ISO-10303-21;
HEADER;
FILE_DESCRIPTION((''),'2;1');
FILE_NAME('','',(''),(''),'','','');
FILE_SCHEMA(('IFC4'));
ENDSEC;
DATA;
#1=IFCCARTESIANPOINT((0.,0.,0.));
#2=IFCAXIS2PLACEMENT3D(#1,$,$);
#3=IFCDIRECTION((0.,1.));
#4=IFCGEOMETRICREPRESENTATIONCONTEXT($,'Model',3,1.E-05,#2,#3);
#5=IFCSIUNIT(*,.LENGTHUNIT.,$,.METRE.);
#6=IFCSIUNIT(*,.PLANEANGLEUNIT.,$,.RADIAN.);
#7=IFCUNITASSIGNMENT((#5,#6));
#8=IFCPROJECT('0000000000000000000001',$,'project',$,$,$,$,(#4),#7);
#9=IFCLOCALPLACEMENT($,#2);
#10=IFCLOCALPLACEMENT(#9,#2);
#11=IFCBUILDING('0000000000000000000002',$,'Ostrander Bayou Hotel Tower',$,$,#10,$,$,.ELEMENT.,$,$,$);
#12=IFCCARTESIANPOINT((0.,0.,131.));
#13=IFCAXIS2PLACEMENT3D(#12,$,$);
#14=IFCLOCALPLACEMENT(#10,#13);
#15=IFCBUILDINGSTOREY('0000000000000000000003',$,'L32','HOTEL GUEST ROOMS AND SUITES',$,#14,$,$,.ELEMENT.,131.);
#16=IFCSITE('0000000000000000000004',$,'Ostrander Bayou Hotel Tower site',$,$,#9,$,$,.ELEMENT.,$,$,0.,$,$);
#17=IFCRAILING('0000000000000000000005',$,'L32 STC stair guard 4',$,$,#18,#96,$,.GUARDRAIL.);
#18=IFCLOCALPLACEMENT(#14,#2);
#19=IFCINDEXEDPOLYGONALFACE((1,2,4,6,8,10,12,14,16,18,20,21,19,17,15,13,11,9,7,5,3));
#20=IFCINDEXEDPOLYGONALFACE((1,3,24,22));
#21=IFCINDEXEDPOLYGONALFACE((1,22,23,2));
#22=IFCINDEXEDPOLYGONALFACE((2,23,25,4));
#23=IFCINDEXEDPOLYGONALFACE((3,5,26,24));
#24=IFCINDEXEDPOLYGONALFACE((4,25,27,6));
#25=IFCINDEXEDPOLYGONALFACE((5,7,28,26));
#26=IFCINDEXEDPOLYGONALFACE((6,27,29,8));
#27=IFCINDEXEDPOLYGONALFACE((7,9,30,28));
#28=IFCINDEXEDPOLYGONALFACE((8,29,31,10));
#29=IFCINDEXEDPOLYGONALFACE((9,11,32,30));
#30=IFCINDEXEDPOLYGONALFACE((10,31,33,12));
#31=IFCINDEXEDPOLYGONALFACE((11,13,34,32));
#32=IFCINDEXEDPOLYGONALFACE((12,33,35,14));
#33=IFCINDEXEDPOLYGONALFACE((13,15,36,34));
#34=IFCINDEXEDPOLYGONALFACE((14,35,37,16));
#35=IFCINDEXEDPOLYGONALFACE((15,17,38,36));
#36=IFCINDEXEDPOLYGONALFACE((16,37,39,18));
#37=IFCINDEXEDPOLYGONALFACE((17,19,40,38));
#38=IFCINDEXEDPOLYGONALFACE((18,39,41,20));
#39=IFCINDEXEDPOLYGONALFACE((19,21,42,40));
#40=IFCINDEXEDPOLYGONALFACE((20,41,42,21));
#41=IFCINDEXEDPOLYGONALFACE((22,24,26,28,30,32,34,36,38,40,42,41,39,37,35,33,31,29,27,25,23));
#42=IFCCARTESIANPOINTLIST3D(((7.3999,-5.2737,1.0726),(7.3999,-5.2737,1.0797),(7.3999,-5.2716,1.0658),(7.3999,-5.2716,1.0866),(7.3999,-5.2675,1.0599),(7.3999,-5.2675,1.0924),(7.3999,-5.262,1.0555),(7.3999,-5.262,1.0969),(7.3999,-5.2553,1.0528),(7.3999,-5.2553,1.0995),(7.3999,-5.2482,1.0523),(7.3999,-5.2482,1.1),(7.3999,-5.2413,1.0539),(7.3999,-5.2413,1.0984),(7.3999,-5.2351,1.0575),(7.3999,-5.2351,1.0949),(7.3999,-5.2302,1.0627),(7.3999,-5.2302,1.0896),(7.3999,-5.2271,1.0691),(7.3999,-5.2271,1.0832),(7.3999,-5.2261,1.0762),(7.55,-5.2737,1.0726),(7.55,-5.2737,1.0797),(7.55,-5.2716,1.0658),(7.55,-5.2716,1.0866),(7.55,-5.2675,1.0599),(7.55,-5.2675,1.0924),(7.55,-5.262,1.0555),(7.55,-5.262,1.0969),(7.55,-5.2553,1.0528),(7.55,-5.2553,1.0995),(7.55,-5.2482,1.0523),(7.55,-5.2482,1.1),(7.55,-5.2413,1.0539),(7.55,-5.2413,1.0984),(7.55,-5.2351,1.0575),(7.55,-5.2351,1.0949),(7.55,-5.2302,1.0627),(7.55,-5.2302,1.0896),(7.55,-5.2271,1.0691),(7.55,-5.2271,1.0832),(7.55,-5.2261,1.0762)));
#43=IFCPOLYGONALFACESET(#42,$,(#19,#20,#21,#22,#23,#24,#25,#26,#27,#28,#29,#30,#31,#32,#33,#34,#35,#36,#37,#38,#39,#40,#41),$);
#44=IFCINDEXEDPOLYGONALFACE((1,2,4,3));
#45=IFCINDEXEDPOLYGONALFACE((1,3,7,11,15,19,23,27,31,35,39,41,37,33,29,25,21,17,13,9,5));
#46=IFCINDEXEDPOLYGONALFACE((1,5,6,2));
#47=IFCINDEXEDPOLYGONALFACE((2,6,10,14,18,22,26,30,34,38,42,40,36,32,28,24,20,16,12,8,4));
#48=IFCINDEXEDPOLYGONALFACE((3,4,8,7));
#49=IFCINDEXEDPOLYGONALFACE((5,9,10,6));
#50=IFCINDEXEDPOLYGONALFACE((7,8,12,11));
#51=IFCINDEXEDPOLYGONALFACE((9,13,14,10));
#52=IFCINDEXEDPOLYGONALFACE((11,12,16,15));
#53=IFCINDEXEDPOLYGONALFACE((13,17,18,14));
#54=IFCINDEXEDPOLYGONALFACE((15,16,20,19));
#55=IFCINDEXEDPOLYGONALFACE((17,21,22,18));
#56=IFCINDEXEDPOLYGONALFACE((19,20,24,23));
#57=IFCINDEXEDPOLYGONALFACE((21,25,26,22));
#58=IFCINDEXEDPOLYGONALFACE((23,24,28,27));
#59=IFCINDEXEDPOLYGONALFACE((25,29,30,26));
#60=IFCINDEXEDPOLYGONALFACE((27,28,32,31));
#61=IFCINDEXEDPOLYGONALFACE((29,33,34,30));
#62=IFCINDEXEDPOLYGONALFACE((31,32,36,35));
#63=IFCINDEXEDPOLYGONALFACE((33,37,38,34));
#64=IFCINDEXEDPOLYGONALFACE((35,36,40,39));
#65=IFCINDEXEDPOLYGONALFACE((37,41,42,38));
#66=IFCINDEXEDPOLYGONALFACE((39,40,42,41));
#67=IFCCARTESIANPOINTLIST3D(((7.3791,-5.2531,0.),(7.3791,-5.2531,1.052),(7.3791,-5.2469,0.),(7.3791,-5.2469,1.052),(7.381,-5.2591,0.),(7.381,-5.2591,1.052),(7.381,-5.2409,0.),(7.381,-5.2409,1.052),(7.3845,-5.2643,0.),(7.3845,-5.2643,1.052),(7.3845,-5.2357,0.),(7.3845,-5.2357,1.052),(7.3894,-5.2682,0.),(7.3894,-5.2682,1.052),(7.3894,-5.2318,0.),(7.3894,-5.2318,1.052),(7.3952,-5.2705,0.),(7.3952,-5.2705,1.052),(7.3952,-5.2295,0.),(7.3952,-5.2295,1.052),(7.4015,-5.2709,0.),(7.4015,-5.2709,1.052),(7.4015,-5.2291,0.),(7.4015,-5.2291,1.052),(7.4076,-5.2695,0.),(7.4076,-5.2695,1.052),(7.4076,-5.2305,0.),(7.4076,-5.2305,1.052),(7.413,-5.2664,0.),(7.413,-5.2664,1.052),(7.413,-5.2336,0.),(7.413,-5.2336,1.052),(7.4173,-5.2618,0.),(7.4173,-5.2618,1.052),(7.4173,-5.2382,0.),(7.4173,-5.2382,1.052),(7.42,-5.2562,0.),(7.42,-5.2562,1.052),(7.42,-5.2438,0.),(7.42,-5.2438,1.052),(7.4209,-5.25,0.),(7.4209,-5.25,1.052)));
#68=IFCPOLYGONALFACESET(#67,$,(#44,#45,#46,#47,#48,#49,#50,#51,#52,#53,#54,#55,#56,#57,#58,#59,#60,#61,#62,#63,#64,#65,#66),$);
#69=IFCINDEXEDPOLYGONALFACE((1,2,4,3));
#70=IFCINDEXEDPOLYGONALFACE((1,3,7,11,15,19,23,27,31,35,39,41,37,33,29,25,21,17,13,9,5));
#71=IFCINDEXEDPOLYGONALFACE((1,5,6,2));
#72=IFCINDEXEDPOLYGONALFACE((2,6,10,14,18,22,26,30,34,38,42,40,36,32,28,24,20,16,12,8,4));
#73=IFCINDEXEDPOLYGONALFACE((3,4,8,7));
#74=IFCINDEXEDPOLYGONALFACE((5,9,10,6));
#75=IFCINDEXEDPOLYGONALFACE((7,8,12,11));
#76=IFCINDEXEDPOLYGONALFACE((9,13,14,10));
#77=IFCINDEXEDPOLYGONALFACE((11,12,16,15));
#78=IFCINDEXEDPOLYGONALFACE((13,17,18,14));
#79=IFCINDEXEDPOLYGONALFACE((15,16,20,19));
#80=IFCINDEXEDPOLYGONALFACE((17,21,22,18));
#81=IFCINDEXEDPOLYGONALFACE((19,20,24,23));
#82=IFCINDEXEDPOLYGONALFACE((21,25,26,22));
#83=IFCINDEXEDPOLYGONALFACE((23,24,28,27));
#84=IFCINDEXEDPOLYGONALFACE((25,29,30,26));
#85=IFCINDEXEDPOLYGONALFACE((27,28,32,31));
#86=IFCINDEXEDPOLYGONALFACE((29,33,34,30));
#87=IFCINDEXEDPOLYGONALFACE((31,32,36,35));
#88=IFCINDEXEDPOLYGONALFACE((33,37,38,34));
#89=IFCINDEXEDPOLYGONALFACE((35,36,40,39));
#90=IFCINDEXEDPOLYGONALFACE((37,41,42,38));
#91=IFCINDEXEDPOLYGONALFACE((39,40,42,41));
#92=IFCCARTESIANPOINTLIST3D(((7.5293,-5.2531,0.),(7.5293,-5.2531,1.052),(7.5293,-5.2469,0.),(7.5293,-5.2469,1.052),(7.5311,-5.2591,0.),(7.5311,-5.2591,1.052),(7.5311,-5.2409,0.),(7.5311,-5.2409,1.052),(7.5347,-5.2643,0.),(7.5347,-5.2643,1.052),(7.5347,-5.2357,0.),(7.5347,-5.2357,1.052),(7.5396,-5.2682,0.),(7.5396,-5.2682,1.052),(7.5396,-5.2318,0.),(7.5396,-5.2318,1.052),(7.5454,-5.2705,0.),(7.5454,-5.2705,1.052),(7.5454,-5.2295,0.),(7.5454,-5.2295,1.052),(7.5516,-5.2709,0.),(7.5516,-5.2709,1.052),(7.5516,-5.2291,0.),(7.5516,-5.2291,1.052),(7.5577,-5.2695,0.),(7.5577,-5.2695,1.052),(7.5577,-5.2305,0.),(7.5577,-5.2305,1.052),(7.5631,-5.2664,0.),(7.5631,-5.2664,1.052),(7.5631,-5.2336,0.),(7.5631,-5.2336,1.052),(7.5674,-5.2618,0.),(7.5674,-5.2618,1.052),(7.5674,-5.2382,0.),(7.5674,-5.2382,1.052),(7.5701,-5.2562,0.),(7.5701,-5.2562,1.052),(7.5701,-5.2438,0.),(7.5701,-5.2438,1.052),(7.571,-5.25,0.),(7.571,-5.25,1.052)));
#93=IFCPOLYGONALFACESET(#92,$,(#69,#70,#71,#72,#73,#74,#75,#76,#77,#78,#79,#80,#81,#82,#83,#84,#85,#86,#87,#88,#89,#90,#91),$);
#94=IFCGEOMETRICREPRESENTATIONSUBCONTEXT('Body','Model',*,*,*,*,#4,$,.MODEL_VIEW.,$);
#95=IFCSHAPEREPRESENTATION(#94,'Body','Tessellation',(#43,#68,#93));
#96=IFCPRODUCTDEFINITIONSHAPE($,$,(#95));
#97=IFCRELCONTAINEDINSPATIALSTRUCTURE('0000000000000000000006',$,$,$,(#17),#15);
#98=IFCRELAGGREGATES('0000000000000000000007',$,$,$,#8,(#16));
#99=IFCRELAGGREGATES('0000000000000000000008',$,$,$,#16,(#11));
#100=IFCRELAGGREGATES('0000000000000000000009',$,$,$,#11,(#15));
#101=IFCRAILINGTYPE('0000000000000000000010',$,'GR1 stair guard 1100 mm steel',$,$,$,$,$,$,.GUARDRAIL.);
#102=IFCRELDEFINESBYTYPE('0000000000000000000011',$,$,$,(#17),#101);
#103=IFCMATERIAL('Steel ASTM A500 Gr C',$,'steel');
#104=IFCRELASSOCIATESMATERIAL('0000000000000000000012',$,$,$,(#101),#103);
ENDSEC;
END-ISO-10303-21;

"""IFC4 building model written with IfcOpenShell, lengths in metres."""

from ifc_helpers import new_model, si_unit, direction, frame, origin, origin_2d, place, context, subcontext, project, spatial, circle, extrude, material, type_object, element, save


model = new_model("IFC4")

# Units and contexts
model_context = context("Model", 3, precision=1e-05, world=origin(), true_north=direction((0.0, 1.0)))
body_context = subcontext(model_context, "Body", "Model", "MODEL_VIEW")
ifc_project = project(units=[si_unit("LENGTHUNIT", "METRE"), si_unit("PLANEANGLEUNIT", "RADIAN")], contexts=[model_context])

# Site, building, storey
site_placement = place(None, origin())
site = spatial("IfcSite", under=ifc_project, at=site_placement, Name="Ostrander Bayou Hotel Tower site", CompositionType="ELEMENT", RefElevation=0.0)
building_placement = place(site_placement, origin())
building = spatial("IfcBuilding", under=site, at=building_placement, Name="Ostrander Bayou Hotel Tower", CompositionType="ELEMENT")
storey_placement = place(building_placement, frame((0.0, 0.0, 131.0)))
storey = spatial("IfcBuildingStorey", under=building, at=storey_placement, Name="L32", Description="HOTEL GUEST ROOMS AND SUITES", CompositionType="ELEMENT", Elevation=131.0)

# Railing
ifc_material_1 = material(Name="Steel ASTM A500 Gr C", Category="steel")
railing_type_1 = type_object("IfcRailingType", Name="GR1 stair guard 1100 mm steel", PredefinedType="GUARDRAIL", material=ifc_material_1)
railing_1_placement = place(storey_placement, frame((7.3999, -5.25, 0.0)))
element("IfcRailing", 1, at=railing_1_placement, inside=storey, type_object=railing_type_1, Name="L32 STC stair guard 4", PredefinedType="GUARDRAIL", context=body_context, shape_type="SweptSolid", body=[
    extrude(circle(Radius=0.0239, at=origin_2d()), frame((0.0, 0.0, 1.0762), z_axis=(1.0, 0.0, 0.0), x_axis=(0.0, 1.0, 0.0)), (0.0, 0.0, 1.0), 0.1501),
    extrude(circle(Radius=0.021, at=origin_2d()), origin(), (0.0, 0.0, 1.0), 1.052),
    extrude(circle(Radius=0.021, at=origin_2d()), frame((0.1501, 0.0, 0.0)), (0.0, 0.0, 1.0), 1.052),
])

save(model, "model.ifc")
